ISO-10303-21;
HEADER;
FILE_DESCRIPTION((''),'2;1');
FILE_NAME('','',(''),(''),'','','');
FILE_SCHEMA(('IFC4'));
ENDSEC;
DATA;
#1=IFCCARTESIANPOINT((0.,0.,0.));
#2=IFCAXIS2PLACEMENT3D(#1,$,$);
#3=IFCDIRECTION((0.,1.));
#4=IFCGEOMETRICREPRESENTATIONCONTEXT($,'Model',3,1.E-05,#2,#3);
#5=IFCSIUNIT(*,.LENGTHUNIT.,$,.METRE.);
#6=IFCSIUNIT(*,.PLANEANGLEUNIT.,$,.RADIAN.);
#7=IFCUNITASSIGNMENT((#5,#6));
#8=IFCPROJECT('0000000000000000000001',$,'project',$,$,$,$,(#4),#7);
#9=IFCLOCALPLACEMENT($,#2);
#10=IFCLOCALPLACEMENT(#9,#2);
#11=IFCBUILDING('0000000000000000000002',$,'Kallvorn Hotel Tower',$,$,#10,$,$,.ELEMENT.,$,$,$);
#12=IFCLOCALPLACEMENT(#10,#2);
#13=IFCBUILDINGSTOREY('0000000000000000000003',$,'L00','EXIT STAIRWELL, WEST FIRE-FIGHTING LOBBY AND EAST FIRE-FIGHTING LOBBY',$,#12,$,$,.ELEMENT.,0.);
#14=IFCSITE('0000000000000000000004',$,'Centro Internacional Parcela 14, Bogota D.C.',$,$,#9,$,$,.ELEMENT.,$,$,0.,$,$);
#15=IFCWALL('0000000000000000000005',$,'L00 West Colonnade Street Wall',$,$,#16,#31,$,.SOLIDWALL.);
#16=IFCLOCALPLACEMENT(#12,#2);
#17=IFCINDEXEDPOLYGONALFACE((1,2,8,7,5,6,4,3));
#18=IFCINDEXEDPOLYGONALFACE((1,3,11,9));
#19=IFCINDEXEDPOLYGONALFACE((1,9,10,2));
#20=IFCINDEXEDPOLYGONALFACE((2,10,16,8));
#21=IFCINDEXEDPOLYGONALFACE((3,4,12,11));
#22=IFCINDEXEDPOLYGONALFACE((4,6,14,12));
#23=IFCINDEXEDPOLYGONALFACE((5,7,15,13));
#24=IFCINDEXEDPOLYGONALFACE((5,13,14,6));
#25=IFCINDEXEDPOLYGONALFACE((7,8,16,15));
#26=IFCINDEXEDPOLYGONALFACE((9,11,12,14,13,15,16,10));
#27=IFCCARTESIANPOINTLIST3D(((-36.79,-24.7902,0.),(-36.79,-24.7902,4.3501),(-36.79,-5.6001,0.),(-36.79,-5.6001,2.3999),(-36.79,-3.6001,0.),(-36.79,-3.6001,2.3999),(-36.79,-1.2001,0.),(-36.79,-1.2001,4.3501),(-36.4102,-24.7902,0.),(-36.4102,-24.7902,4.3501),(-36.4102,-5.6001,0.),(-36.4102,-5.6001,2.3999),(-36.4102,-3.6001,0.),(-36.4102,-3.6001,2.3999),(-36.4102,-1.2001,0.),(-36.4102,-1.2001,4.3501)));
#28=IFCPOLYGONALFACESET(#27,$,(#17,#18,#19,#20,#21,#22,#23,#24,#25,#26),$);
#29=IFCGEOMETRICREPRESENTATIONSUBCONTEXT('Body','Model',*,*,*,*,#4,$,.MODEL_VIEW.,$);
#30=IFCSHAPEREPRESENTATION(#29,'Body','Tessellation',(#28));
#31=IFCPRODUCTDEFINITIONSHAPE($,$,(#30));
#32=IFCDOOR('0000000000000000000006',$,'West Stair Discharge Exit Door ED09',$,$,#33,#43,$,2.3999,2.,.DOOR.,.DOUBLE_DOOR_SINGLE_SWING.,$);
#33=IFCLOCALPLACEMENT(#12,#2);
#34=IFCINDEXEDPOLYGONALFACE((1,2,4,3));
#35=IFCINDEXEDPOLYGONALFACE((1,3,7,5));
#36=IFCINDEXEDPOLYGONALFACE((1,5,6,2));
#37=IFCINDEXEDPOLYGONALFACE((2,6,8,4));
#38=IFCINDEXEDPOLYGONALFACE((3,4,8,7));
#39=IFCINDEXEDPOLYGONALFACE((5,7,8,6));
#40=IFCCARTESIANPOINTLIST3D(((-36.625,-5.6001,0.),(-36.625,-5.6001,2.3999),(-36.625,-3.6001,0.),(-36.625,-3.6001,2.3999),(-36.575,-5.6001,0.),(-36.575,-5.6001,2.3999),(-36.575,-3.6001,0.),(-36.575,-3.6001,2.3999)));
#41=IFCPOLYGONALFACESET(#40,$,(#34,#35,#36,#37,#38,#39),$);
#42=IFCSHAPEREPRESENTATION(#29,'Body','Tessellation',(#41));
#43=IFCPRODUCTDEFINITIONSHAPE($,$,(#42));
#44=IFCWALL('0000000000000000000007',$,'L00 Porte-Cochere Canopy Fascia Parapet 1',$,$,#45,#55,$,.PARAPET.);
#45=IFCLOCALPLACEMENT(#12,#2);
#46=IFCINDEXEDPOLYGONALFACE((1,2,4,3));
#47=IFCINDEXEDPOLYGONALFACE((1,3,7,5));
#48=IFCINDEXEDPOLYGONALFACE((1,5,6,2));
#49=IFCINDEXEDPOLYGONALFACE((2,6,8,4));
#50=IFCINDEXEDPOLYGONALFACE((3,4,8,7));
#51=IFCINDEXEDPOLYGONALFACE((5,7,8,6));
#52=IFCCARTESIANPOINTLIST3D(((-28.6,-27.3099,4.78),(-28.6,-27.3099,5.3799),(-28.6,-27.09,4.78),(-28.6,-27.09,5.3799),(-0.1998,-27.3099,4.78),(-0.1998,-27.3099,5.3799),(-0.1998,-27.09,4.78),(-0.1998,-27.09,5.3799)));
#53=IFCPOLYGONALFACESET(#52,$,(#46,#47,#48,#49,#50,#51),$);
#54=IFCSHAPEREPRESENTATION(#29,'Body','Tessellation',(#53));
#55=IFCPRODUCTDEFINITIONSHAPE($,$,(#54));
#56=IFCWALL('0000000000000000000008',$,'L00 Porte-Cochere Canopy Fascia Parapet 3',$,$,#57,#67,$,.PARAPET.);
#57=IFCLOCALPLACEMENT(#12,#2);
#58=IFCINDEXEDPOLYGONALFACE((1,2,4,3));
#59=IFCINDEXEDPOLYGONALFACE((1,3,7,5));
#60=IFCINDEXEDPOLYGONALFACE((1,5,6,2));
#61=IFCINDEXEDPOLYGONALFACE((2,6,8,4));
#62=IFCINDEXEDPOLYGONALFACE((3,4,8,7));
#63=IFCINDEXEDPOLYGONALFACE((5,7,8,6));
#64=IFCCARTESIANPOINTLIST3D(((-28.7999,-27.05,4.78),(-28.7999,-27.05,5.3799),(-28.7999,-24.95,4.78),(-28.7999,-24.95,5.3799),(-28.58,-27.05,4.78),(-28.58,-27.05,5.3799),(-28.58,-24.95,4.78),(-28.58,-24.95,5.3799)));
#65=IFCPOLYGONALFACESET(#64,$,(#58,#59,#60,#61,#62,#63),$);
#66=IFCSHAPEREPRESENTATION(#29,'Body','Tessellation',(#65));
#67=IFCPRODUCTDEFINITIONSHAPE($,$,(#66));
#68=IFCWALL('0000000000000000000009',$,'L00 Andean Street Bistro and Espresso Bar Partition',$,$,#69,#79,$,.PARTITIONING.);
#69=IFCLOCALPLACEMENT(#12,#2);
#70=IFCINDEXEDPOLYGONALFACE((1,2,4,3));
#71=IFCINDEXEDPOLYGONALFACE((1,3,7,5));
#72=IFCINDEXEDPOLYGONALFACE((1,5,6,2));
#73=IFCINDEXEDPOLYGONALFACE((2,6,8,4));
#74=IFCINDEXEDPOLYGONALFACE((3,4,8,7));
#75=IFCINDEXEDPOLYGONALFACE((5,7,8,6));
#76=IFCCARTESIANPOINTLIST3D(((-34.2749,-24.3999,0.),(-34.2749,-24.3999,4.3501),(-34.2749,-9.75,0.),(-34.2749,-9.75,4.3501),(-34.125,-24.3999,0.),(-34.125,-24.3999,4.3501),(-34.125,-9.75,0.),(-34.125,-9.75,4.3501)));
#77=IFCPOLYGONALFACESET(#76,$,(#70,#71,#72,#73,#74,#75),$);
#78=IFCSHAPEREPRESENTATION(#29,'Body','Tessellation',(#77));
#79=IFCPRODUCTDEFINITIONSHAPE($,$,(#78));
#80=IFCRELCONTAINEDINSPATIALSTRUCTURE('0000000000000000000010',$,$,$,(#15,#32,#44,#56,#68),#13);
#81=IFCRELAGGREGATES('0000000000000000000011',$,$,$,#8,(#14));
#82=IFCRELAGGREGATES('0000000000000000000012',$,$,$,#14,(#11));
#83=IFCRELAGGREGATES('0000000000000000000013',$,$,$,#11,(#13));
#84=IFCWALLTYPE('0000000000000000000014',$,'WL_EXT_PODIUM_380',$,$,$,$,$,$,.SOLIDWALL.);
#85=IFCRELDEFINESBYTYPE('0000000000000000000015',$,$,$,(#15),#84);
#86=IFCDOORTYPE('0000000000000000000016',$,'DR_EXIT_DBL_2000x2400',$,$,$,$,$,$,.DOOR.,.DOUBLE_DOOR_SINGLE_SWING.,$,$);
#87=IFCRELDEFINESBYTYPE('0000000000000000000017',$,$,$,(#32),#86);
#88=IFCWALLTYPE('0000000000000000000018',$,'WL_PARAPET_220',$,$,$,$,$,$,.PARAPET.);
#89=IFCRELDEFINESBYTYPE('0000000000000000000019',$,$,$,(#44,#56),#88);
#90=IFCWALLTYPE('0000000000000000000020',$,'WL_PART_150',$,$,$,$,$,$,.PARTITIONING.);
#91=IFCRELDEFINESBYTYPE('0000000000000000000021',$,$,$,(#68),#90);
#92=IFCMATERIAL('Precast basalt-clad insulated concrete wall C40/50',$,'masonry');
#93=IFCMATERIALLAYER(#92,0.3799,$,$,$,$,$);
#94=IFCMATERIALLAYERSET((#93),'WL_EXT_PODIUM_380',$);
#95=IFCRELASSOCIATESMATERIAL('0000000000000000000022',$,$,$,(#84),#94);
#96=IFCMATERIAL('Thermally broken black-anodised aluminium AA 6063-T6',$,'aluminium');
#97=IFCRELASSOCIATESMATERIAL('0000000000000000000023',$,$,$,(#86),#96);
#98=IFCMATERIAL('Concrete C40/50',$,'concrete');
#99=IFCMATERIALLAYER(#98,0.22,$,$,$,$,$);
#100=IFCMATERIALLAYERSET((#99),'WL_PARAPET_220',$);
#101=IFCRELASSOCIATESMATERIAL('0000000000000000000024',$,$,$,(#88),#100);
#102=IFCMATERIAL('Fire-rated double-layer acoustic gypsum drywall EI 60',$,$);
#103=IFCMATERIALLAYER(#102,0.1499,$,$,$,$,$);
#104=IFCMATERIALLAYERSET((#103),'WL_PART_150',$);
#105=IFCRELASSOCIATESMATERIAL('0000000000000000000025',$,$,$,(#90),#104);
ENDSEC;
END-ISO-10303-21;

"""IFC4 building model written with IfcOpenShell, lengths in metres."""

from ifc_helpers import new_model, si_unit, direction, frame, frame_2d, origin, place, context, subcontext, project, spatial, rectangle, extrude, material, layer, layer_set, type_object, element, fill, save


model = new_model("IFC4")

# Units and contexts
model_context = context("Model", 3, precision=1e-05, world=origin(), true_north=direction((0.0, 1.0)))
body_context = subcontext(model_context, "Body", "Model", "MODEL_VIEW")
ifc_project = project(units=[si_unit("LENGTHUNIT", "METRE"), si_unit("PLANEANGLEUNIT", "RADIAN")], contexts=[model_context])

# Site, building, storey
site_placement = place(None, origin())
site = spatial("IfcSite", under=ifc_project, at=site_placement, Name="Centro Internacional Parcela 14, Bogota D.C.", CompositionType="ELEMENT", RefElevation=0.0)
building_placement = place(site_placement, origin())
building = spatial("IfcBuilding", under=site, at=building_placement, Name="Kallvorn Hotel Tower", CompositionType="ELEMENT")
storey_placement = place(building_placement, origin())
storey = spatial("IfcBuildingStorey", under=building, at=storey_placement, Name="L00", Description="EXIT STAIRWELL, WEST FIRE-FIGHTING LOBBY AND EAST FIRE-FIGHTING LOBBY", CompositionType="ELEMENT", Elevation=0.0)

# Wall, opening, door
ifc_material_1 = material(Name="Precast basalt-clad insulated concrete wall C40/50", Category="masonry")
ifc_layer_1 = layer(ifc_material_1, 0.3799)
ifc_layer_set_1 = layer_set([ifc_layer_1], Name="WL_EXT_PODIUM_380")
wall_type_1 = type_object("IfcWallType", Name="WL_EXT_PODIUM_380", PredefinedType="SOLIDWALL", material=ifc_layer_set_1)
wall_1_placement = place(storey_placement, frame((-36.6001, -24.79, 0.0), z_axis=(0.0, 0.0, 1.0), x_axis=(0.0, 1.0, 0.0)))
wall_1 = element("IfcWall", 1, at=wall_1_placement, inside=storey, type_object=wall_type_1, Name="L00 West Colonnade Street Wall", PredefinedType="SOLIDWALL", context=body_context, shape_type="SweptSolid", body=[
    extrude(rectangle(XDim=23.5901, YDim=0.3799, at=frame_2d((11.7949, 0.0))), origin(), (0.0, 0.0, 1.0), 4.3501),
])
opening_placement = place(wall_1_placement, frame((19.1899, 0.0, 0.0)))
opening = element("IfcOpeningElement", 2, at=opening_placement, cuts=wall_1, PredefinedType="OPENING", context=body_context, shape_type="SweptSolid", body=[
    extrude(rectangle(XDim=2.0, YDim=2.3999, at=frame_2d((1.0, 1.2))), frame((0.0, 0.2048, 0.0), z_axis=(0.0, -1.0, 0.0), x_axis=(1.0, 0.0, 0.0)), (0.0, 0.0, 1.0), 0.4099),
])
ifc_material_2 = material(Name="Thermally broken black-anodised aluminium AA 6063-T6", Category="aluminium")
door_type = type_object("IfcDoorType", Name="DR_EXIT_DBL_2000x2400", OperationType="DOUBLE_DOOR_SINGLE_SWING", PredefinedType="DOOR", material=ifc_material_2)
door_placement = place(opening_placement, origin())
door = element("IfcDoor", 3, at=door_placement, inside=storey, type_object=door_type, Name="West Stair Discharge Exit Door ED09", OperationType="DOUBLE_DOOR_SINGLE_SWING", OverallHeight=2.3999, OverallWidth=2.0, PredefinedType="DOOR", context=body_context, shape_type="SweptSolid", body=[
    extrude(rectangle(XDim=2.0, YDim=2.3999, at=frame_2d((1.0, 1.2))), frame((0.0, 0.0249, 0.0), z_axis=(0.0, -1.0, 0.0), x_axis=(1.0, 0.0, 0.0)), (0.0, 0.0, 1.0), 0.05),
])
fill(opening, door)

# Walls
ifc_material_3 = material(Name="Concrete C40/50", Category="concrete")
ifc_layer_2 = layer(ifc_material_3, 0.22)
ifc_layer_set_2 = layer_set([ifc_layer_2], Name="WL_PARAPET_220")
wall_type_2 = type_object("IfcWallType", Name="WL_PARAPET_220", PredefinedType="PARAPET", material=ifc_layer_set_2)
wall_2_placement = place(storey_placement, frame((-28.6001, -27.2, 4.78), z_axis=(0.0, 0.0, 1.0), x_axis=(1.0, 0.0, 0.0)))
element("IfcWall", 4, at=wall_2_placement, inside=storey, type_object=wall_type_2, Name="L00 Porte-Cochere Canopy Fascia Parapet 1", PredefinedType="PARAPET", context=body_context, shape_type="SweptSolid", body=[
    extrude(rectangle(XDim=28.4001, YDim=0.22, at=frame_2d((14.2002, 0.0))), origin(), (0.0, 0.0, 1.0), 0.5999),
])
wall_3_placement = place(storey_placement, frame((-28.6899, -27.05, 4.78), z_axis=(0.0, 0.0, 1.0), x_axis=(0.0, 1.0, 0.0)))
element("IfcWall", 5, at=wall_3_placement, inside=storey, type_object=wall_type_2, Name="L00 Porte-Cochere Canopy Fascia Parapet 3", PredefinedType="PARAPET", context=body_context, shape_type="SweptSolid", body=[
    extrude(rectangle(XDim=2.1001, YDim=0.22, at=frame_2d((1.05, 0.0))), origin(), (0.0, 0.0, 1.0), 0.5999),
])
ifc_material_4 = material(Name="Fire-rated double-layer acoustic gypsum drywall EI 60")
ifc_layer_3 = layer(ifc_material_4, 0.1499)
ifc_layer_set_3 = layer_set([ifc_layer_3], Name="WL_PART_150")
wall_type_3 = type_object("IfcWallType", Name="WL_PART_150", PredefinedType="PARTITIONING", material=ifc_layer_set_3)
wall_4_placement = place(storey_placement, frame((-34.2, -24.3999, 0.0), z_axis=(0.0, 0.0, 1.0), x_axis=(0.0, 1.0, 0.0)))
element("IfcWall", 6, at=wall_4_placement, inside=storey, type_object=wall_type_3, Name="L00 Andean Street Bistro and Espresso Bar Partition", PredefinedType="PARTITIONING", context=body_context, shape_type="SweptSolid", body=[
    extrude(rectangle(XDim=14.6499, YDim=0.1499, at=frame_2d((7.325, 0.0))), origin(), (0.0, 0.0, 1.0), 4.3501),
])

save(model, "model.ifc")
